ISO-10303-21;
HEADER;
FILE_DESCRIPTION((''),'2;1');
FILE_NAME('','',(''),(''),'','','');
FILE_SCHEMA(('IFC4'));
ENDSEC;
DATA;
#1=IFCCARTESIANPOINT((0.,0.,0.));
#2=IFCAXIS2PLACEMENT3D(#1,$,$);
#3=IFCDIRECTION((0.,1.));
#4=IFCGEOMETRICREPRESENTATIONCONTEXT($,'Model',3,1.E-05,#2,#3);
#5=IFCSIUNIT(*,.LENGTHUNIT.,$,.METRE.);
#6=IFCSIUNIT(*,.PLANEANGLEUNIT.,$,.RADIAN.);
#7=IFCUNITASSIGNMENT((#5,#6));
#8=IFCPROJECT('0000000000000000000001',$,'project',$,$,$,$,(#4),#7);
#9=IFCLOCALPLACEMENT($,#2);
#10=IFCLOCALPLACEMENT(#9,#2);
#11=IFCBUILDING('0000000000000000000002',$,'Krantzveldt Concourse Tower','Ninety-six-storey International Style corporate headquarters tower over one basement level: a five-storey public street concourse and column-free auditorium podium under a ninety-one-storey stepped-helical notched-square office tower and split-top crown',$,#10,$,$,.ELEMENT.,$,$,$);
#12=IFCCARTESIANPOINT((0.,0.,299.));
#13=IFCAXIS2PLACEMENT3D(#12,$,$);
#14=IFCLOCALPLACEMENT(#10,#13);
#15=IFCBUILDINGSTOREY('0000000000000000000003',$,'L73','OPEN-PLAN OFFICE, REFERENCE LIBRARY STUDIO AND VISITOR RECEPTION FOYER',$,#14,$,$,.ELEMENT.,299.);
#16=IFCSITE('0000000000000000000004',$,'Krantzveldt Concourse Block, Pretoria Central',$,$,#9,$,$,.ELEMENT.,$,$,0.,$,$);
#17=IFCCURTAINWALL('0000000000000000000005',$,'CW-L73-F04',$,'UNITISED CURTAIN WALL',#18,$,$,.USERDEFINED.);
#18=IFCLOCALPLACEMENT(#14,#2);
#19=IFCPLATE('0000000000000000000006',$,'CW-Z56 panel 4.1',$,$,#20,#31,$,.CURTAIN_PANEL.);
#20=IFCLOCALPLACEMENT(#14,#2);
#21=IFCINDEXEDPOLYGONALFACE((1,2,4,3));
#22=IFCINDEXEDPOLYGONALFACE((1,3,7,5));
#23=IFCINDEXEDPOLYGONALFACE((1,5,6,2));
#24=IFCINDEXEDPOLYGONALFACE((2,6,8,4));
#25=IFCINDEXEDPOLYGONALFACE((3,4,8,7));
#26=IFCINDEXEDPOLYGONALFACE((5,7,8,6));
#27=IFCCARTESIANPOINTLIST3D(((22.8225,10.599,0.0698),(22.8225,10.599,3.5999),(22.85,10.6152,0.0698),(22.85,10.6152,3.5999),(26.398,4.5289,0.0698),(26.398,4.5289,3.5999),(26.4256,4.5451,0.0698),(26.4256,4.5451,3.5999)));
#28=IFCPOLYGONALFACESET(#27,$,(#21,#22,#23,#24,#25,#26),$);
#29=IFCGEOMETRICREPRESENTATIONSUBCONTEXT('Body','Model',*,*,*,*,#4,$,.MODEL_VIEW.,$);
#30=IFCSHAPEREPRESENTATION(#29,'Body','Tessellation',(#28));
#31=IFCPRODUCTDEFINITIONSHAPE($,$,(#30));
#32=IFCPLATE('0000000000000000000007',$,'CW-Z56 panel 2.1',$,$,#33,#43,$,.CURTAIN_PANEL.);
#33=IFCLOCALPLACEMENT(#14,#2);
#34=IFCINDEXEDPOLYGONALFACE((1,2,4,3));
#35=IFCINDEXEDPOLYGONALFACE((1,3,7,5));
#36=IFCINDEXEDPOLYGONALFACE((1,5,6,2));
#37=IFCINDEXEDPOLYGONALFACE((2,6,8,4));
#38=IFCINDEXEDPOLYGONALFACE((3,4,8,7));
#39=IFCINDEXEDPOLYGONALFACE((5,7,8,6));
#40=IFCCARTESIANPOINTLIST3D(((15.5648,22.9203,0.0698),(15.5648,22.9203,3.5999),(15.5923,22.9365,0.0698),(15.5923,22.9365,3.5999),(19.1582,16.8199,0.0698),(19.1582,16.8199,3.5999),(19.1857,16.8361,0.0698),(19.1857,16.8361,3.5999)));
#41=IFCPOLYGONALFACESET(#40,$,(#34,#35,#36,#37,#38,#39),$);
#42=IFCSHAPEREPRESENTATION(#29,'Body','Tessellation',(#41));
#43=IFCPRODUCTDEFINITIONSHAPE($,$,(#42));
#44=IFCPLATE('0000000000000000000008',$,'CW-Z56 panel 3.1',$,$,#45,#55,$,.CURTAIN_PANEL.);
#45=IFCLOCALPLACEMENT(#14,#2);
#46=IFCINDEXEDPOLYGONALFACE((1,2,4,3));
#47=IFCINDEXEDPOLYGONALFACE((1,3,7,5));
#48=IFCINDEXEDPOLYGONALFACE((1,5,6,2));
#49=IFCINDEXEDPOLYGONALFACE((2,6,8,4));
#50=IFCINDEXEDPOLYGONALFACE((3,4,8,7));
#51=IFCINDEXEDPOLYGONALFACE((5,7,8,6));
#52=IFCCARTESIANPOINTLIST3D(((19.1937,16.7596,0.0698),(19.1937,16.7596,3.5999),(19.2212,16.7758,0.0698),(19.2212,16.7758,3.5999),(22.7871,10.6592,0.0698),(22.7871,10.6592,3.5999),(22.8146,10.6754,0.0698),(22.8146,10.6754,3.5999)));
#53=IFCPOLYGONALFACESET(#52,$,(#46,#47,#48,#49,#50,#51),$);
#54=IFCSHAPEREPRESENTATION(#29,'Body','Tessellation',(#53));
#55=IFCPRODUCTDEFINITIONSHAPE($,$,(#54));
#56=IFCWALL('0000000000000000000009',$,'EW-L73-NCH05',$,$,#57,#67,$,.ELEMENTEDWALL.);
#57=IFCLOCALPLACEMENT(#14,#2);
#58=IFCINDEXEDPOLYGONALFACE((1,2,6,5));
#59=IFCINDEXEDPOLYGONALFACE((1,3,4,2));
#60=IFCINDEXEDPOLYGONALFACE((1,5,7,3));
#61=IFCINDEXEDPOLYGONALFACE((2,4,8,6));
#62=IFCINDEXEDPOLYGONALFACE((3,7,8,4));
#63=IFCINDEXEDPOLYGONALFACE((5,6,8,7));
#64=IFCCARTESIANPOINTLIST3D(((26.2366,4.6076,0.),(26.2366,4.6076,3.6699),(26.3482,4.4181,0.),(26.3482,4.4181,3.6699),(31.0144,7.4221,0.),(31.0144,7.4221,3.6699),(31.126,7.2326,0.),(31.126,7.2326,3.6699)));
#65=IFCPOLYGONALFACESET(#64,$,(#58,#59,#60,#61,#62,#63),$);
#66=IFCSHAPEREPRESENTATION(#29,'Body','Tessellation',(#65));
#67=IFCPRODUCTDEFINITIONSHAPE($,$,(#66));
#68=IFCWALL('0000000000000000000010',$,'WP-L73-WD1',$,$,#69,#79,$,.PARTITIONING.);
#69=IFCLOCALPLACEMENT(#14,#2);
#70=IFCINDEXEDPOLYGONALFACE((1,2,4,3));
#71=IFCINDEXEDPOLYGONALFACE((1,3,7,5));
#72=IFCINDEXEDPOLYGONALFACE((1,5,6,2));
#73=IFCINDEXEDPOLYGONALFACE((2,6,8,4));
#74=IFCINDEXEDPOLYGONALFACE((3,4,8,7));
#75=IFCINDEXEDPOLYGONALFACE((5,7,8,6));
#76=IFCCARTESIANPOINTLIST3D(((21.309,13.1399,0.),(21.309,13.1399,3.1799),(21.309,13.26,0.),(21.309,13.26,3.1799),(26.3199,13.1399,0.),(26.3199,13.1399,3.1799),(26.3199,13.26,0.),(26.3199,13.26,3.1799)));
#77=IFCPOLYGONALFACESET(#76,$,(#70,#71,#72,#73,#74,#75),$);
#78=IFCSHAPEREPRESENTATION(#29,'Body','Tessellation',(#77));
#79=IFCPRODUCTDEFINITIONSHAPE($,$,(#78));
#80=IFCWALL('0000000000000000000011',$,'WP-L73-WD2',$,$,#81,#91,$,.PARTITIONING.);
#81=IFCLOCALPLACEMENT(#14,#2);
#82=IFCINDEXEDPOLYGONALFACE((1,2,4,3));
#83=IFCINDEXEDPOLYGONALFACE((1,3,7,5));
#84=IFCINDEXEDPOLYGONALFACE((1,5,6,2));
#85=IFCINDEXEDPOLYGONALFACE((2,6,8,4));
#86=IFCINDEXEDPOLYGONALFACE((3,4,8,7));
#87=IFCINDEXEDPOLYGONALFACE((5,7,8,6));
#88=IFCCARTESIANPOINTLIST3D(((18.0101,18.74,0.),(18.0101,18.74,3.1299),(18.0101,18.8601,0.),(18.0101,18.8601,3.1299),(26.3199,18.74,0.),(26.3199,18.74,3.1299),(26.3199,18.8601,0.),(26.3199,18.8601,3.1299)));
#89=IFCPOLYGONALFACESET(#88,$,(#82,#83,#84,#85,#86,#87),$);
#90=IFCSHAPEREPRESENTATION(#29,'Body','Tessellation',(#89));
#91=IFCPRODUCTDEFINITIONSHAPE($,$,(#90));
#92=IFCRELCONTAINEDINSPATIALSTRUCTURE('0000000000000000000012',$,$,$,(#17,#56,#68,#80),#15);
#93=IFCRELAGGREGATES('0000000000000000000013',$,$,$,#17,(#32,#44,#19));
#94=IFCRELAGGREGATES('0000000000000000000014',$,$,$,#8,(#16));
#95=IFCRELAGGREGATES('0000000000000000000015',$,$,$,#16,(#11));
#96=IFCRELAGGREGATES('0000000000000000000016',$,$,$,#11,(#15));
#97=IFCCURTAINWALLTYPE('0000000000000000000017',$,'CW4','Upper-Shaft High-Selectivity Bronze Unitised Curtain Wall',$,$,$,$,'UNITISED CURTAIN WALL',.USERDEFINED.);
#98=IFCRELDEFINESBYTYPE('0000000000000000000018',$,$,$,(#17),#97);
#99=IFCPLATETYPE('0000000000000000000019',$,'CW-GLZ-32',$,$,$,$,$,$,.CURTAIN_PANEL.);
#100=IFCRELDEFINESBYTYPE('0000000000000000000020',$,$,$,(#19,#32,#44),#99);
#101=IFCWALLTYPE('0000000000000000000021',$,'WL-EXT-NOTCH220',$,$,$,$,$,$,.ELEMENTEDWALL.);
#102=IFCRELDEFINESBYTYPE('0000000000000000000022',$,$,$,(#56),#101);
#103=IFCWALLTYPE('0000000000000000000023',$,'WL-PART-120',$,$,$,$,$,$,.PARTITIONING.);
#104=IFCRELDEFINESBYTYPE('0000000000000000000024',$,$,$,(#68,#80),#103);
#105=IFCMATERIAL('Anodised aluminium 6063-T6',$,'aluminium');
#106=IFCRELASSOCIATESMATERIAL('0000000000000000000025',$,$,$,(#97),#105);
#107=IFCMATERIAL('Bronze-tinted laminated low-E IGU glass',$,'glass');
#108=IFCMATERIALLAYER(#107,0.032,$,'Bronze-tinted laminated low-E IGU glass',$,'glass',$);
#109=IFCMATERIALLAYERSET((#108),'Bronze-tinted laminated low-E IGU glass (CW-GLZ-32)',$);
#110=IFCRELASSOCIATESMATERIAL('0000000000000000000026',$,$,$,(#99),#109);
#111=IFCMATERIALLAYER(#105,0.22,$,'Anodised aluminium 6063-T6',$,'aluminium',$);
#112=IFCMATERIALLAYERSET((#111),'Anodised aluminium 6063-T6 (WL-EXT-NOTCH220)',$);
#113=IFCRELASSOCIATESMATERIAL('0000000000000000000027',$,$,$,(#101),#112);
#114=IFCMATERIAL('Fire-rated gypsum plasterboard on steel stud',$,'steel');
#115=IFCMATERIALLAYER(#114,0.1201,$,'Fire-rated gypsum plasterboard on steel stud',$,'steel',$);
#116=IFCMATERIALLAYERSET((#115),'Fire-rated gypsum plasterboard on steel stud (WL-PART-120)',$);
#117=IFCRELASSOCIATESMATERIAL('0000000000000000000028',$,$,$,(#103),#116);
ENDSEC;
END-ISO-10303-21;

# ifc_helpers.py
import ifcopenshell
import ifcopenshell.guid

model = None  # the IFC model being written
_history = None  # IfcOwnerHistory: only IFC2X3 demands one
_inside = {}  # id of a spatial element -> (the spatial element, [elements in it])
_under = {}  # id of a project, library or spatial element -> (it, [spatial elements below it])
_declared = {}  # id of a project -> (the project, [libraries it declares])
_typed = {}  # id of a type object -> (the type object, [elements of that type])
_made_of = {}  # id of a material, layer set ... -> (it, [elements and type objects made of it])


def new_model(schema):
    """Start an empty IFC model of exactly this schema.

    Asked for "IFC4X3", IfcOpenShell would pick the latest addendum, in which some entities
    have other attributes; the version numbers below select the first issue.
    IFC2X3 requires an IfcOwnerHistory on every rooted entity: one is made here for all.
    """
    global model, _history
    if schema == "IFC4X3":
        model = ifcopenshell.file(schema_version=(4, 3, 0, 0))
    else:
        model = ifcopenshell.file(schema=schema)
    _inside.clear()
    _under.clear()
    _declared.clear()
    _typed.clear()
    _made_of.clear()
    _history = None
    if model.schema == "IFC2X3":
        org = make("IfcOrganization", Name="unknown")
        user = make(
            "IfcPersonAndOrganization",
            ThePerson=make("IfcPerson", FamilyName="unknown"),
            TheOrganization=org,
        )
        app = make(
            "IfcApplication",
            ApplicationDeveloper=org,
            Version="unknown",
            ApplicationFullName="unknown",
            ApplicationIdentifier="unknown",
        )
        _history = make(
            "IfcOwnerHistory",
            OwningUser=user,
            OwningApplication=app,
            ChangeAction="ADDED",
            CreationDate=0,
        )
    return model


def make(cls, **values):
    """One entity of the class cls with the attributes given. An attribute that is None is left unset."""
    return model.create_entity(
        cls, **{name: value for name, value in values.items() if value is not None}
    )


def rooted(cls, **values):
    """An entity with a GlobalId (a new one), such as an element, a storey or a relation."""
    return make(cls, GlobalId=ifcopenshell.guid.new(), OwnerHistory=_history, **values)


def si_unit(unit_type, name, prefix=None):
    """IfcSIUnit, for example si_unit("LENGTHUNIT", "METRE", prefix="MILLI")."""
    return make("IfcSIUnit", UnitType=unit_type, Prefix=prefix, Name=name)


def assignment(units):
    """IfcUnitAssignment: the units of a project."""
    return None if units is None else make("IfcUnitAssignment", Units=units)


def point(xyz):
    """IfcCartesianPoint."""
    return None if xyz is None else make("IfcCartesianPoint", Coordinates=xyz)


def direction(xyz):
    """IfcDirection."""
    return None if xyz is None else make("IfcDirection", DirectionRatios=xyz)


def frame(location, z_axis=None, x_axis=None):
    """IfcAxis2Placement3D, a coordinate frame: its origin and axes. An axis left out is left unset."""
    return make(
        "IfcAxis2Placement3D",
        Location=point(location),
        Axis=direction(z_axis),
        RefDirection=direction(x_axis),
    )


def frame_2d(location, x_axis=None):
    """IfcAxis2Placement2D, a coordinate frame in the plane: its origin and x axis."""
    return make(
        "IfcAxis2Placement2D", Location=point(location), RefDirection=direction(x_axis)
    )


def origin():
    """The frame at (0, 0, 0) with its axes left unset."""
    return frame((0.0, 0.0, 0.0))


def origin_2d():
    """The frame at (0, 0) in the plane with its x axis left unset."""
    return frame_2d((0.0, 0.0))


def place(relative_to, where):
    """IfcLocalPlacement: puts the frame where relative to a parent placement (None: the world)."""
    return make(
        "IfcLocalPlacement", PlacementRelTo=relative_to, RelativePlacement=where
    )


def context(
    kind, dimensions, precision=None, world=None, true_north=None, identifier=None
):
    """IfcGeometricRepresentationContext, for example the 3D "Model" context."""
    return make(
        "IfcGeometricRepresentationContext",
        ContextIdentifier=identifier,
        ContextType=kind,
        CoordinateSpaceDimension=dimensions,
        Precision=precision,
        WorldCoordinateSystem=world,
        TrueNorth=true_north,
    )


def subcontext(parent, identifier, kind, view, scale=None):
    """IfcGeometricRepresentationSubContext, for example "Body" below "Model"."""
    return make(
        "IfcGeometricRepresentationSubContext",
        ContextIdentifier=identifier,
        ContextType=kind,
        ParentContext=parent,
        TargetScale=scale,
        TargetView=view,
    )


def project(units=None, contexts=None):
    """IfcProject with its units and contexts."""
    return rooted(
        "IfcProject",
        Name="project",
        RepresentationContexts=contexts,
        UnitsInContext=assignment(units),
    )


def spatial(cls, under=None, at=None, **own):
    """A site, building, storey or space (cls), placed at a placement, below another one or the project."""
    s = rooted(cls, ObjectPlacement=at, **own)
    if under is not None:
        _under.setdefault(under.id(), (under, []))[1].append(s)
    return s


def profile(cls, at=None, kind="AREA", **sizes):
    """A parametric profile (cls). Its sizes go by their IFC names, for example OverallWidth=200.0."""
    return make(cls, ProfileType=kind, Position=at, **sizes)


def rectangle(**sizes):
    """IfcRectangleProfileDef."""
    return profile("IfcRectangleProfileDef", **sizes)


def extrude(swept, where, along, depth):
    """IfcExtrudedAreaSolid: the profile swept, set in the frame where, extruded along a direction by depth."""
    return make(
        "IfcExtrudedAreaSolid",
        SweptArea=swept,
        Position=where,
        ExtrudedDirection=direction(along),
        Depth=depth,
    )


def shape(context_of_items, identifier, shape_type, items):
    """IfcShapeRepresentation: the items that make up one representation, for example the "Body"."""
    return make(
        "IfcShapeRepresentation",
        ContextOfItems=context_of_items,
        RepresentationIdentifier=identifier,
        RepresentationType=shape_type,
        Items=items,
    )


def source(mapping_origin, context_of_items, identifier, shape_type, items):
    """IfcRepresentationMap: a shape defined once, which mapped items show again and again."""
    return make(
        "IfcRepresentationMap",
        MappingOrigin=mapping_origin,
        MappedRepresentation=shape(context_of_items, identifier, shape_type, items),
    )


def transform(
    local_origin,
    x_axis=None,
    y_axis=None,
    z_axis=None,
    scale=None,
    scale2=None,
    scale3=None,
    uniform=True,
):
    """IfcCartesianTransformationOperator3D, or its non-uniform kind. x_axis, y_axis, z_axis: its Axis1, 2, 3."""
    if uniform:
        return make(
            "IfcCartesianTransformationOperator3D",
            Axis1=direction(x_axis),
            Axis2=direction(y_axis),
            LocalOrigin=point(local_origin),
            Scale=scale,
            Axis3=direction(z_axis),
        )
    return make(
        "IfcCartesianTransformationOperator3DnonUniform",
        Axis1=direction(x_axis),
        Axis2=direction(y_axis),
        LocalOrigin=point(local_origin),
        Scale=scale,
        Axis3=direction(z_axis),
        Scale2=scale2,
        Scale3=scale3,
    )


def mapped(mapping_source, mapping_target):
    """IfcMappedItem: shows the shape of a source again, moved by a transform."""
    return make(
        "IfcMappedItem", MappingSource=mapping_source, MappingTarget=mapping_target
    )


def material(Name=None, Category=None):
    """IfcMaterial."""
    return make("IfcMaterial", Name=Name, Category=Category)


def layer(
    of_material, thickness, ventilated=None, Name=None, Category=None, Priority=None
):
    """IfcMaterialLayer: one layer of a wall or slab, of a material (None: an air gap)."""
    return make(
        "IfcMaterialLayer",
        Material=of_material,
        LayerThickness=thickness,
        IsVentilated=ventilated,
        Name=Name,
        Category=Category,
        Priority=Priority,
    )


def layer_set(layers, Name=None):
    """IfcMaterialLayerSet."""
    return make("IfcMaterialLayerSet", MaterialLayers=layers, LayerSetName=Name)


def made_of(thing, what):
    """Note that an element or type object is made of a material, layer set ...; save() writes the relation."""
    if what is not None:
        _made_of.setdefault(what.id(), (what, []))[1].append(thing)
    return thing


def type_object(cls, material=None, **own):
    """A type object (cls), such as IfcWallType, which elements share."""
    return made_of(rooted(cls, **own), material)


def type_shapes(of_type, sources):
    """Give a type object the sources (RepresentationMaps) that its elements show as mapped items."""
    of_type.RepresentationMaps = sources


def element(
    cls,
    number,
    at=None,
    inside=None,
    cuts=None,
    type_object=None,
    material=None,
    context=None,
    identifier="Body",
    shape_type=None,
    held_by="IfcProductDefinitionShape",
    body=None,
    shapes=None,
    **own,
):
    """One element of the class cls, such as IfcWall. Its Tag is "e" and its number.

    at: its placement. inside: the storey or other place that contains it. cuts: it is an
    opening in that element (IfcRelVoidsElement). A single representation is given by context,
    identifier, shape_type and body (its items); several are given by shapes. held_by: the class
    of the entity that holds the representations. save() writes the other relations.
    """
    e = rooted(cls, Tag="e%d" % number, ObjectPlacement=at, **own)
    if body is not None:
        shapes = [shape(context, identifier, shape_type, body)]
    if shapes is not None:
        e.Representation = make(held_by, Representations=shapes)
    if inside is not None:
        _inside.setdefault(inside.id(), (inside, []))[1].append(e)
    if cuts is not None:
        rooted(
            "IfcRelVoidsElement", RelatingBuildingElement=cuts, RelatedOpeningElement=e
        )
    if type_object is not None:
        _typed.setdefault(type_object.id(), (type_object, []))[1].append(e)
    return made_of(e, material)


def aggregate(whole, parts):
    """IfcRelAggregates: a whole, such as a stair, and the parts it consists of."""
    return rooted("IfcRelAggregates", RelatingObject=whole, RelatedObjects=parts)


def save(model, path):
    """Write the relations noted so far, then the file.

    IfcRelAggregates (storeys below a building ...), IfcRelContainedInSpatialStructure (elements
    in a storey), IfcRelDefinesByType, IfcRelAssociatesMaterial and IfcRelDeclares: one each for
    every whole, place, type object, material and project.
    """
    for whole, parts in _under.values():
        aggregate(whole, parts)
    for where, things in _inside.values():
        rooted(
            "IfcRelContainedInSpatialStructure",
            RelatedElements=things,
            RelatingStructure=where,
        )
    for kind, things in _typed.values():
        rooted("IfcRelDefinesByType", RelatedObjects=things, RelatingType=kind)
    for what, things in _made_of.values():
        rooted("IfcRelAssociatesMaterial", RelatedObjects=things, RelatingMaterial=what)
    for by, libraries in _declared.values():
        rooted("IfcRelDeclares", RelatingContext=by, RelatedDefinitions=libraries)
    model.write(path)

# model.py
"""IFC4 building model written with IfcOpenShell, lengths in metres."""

from ifc_helpers import new_model, si_unit, direction, frame, frame_2d, origin, origin_2d, place, context, subcontext, project, spatial, rectangle, extrude, source, transform, mapped, material, layer, layer_set, type_object, type_shapes, element, aggregate, save


model = new_model("IFC4")

# Units and contexts
model_context = context("Model", 3, precision=1e-05, world=origin(), true_north=direction((0.0, 1.0)))
body_context = subcontext(model_context, "Body", "Model", "MODEL_VIEW")
ifc_project = project(units=[si_unit("LENGTHUNIT", "METRE"), si_unit("PLANEANGLEUNIT", "RADIAN")], contexts=[model_context])

# Site, building, storey
site_placement = place(None, origin())
site = spatial("IfcSite", under=ifc_project, at=site_placement, Name="Krantzveldt Concourse Block, Pretoria Central", CompositionType="ELEMENT", RefElevation=0.0)
building_placement = place(site_placement, origin())
building = spatial("IfcBuilding", under=site, at=building_placement, Name="Krantzveldt Concourse Tower", Description="Ninety-six-storey International Style corporate headquarters tower over one basement level: a five-storey public street concourse and column-free auditorium podium under a ninety-one-storey stepped-helical notched-square office tower and split-top crown", CompositionType="ELEMENT")
storey_placement = place(building_placement, frame((0.0, 0.0, 299.0)))
storey = spatial("IfcBuildingStorey", under=building, at=storey_placement, Name="L73", Description="OPEN-PLAN OFFICE, REFERENCE LIBRARY STUDIO AND VISITOR RECEPTION FOYER", CompositionType="ELEMENT", Elevation=299.0)

# Curtain wall
ifc_material_1 = material(Name="Anodised aluminium 6063-T6", Category="aluminium")
curtain_wall_type = type_object("IfcCurtainWallType", Name="CW4", Description="Upper-Shaft High-Selectivity Bronze Unitised Curtain Wall", ElementType="UNITISED CURTAIN WALL", PredefinedType="USERDEFINED", material=ifc_material_1)
curtain_wall_placement = place(storey_placement, origin())
curtain_wall = element("IfcCurtainWall", 1, at=curtain_wall_placement, inside=storey, type_object=curtain_wall_type, Name="CW-L73-F04", ObjectType="UNITISED CURTAIN WALL", PredefinedType="USERDEFINED")

# Plates
ifc_material_2 = material(Name="Bronze-tinted laminated low-E IGU glass", Category="glass")
ifc_layer_1 = layer(ifc_material_2, 0.032, Name="Bronze-tinted laminated low-E IGU glass", Category="glass")
ifc_layer_set_1 = layer_set([ifc_layer_1], Name="Bronze-tinted laminated low-E IGU glass (CW-GLZ-32)")
plate_type = type_object("IfcPlateType", Name="CW-GLZ-32", PredefinedType="CURTAIN_PANEL", material=ifc_layer_set_1)
shared_shape_1 = source(origin(), body_context, "Body", "SweptSolid", [
    extrude(rectangle(XDim=7.0449, YDim=0.032, at=origin_2d()), origin(), (0.0, 0.0, 1.0), 3.53),
])
plate_1_placement = place(storey_placement, frame((24.624, 7.572, 0.0698), z_axis=(0.0, 0.0, 1.0), x_axis=(0.507538, -0.861629, 0.0)))
plate_1 = element("IfcPlate", 2, at=plate_1_placement, type_object=plate_type, Name="CW-Z56 panel 4.1", PredefinedType="CURTAIN_PANEL", context=body_context, shape_type="MappedRepresentation", body=[
    mapped(shared_shape_1, transform((0.0, 0.0, 0.0), x_axis=(1.0, 0.0, 0.0), y_axis=(0.0, 1.0, 0.0), z_axis=(0.0, 0.0, 1.0), scale=1.0)),
])
shared_shape_2 = source(origin(), body_context, "Body", "SweptSolid", [
    extrude(rectangle(XDim=7.0801, YDim=0.032, at=origin_2d()), origin(), (0.0, 0.0, 1.0), 3.53),
])
type_shapes(plate_type, [shared_shape_1, shared_shape_2])
plate_2_placement = place(storey_placement, frame((17.3752, 19.8782, 0.0698), z_axis=(0.0, 0.0, 1.0), x_axis=(0.507538, -0.861629, 0.0)))
plate_2 = element("IfcPlate", 3, at=plate_2_placement, type_object=plate_type, Name="CW-Z56 panel 2.1", PredefinedType="CURTAIN_PANEL", context=body_context, shape_type="MappedRepresentation", body=[
    mapped(shared_shape_2, transform((0.0, 0.0, 0.0), x_axis=(1.0, 0.0, 0.0), y_axis=(0.0, 1.0, 0.0), z_axis=(0.0, 0.0, 1.0), scale=1.0)),
])
plate_3_placement = place(storey_placement, frame((21.0042, 13.7175, 0.0698), z_axis=(0.0, 0.0, 1.0), x_axis=(0.507538, -0.861629, 0.0)))
plate_3 = element("IfcPlate", 4, at=plate_3_placement, type_object=plate_type, Name="CW-Z56 panel 3.1", PredefinedType="CURTAIN_PANEL", context=body_context, shape_type="MappedRepresentation", body=[
    mapped(shared_shape_2, transform((0.0, 0.0, 0.0), x_axis=(1.0, 0.0, 0.0), y_axis=(0.0, 1.0, 0.0), z_axis=(0.0, 0.0, 1.0), scale=1.0)),
])
aggregate(curtain_wall, [plate_2, plate_3, plate_1])

# Walls
ifc_layer_2 = layer(ifc_material_1, 0.22, Name="Anodised aluminium 6063-T6", Category="aluminium")
ifc_layer_set_2 = layer_set([ifc_layer_2], Name="Anodised aluminium 6063-T6 (WL-EXT-NOTCH220)")
wall_type_1 = type_object("IfcWallType", Name="WL-EXT-NOTCH220", PredefinedType="ELEMENTEDWALL", material=ifc_layer_set_2)
wall_1_placement = place(storey_placement, frame((26.2925, 4.5129, 0.0), z_axis=(0.0, 0.0, 1.0), x_axis=(0.861622, 0.507551, 0.0)))
element("IfcWall", 5, at=wall_1_placement, inside=storey, type_object=wall_type_1, Name="EW-L73-NCH05", PredefinedType="ELEMENTEDWALL", context=body_context, shape_type="SweptSolid", body=[
    extrude(rectangle(XDim=5.5452, YDim=0.22, at=frame_2d((2.7725, 0.0))), origin(), (0.0, 0.0, 1.0), 3.6699),
])
ifc_material_3 = material(Name="Fire-rated gypsum plasterboard on steel stud", Category="steel")
ifc_layer_3 = layer(ifc_material_3, 0.1201, Name="Fire-rated gypsum plasterboard on steel stud", Category="steel")
ifc_layer_set_3 = layer_set([ifc_layer_3], Name="Fire-rated gypsum plasterboard on steel stud (WL-PART-120)")
wall_type_2 = type_object("IfcWallType", Name="WL-PART-120", PredefinedType="PARTITIONING", material=ifc_layer_set_3)
wall_2_placement = place(storey_placement, frame((21.3091, 13.2, 0.0), z_axis=(0.0, 0.0, 1.0), x_axis=(1.0, 0.0, 0.0)))
element("IfcWall", 6, at=wall_2_placement, inside=storey, type_object=wall_type_2, Name="WP-L73-WD1", PredefinedType="PARTITIONING", context=body_context, shape_type="SweptSolid", body=[
    extrude(rectangle(XDim=5.011, YDim=0.1201, at=frame_2d((2.5054, 0.0))), origin(), (0.0, 0.0, 1.0), 3.1799),
])
wall_3_placement = place(storey_placement, frame((18.0103, 18.8, 0.0), z_axis=(0.0, 0.0, 1.0), x_axis=(1.0, 0.0, 0.0)))
element("IfcWall", 7, at=wall_3_placement, inside=storey, type_object=wall_type_2, Name="WP-L73-WD2", PredefinedType="PARTITIONING", context=body_context, shape_type="SweptSolid", body=[
    extrude(rectangle(XDim=8.3098, YDim=0.1201, at=frame_2d((4.1548, 0.0))), origin(), (0.0, 0.0, 1.0), 3.1299),
])

save(model, "model.ifc")
